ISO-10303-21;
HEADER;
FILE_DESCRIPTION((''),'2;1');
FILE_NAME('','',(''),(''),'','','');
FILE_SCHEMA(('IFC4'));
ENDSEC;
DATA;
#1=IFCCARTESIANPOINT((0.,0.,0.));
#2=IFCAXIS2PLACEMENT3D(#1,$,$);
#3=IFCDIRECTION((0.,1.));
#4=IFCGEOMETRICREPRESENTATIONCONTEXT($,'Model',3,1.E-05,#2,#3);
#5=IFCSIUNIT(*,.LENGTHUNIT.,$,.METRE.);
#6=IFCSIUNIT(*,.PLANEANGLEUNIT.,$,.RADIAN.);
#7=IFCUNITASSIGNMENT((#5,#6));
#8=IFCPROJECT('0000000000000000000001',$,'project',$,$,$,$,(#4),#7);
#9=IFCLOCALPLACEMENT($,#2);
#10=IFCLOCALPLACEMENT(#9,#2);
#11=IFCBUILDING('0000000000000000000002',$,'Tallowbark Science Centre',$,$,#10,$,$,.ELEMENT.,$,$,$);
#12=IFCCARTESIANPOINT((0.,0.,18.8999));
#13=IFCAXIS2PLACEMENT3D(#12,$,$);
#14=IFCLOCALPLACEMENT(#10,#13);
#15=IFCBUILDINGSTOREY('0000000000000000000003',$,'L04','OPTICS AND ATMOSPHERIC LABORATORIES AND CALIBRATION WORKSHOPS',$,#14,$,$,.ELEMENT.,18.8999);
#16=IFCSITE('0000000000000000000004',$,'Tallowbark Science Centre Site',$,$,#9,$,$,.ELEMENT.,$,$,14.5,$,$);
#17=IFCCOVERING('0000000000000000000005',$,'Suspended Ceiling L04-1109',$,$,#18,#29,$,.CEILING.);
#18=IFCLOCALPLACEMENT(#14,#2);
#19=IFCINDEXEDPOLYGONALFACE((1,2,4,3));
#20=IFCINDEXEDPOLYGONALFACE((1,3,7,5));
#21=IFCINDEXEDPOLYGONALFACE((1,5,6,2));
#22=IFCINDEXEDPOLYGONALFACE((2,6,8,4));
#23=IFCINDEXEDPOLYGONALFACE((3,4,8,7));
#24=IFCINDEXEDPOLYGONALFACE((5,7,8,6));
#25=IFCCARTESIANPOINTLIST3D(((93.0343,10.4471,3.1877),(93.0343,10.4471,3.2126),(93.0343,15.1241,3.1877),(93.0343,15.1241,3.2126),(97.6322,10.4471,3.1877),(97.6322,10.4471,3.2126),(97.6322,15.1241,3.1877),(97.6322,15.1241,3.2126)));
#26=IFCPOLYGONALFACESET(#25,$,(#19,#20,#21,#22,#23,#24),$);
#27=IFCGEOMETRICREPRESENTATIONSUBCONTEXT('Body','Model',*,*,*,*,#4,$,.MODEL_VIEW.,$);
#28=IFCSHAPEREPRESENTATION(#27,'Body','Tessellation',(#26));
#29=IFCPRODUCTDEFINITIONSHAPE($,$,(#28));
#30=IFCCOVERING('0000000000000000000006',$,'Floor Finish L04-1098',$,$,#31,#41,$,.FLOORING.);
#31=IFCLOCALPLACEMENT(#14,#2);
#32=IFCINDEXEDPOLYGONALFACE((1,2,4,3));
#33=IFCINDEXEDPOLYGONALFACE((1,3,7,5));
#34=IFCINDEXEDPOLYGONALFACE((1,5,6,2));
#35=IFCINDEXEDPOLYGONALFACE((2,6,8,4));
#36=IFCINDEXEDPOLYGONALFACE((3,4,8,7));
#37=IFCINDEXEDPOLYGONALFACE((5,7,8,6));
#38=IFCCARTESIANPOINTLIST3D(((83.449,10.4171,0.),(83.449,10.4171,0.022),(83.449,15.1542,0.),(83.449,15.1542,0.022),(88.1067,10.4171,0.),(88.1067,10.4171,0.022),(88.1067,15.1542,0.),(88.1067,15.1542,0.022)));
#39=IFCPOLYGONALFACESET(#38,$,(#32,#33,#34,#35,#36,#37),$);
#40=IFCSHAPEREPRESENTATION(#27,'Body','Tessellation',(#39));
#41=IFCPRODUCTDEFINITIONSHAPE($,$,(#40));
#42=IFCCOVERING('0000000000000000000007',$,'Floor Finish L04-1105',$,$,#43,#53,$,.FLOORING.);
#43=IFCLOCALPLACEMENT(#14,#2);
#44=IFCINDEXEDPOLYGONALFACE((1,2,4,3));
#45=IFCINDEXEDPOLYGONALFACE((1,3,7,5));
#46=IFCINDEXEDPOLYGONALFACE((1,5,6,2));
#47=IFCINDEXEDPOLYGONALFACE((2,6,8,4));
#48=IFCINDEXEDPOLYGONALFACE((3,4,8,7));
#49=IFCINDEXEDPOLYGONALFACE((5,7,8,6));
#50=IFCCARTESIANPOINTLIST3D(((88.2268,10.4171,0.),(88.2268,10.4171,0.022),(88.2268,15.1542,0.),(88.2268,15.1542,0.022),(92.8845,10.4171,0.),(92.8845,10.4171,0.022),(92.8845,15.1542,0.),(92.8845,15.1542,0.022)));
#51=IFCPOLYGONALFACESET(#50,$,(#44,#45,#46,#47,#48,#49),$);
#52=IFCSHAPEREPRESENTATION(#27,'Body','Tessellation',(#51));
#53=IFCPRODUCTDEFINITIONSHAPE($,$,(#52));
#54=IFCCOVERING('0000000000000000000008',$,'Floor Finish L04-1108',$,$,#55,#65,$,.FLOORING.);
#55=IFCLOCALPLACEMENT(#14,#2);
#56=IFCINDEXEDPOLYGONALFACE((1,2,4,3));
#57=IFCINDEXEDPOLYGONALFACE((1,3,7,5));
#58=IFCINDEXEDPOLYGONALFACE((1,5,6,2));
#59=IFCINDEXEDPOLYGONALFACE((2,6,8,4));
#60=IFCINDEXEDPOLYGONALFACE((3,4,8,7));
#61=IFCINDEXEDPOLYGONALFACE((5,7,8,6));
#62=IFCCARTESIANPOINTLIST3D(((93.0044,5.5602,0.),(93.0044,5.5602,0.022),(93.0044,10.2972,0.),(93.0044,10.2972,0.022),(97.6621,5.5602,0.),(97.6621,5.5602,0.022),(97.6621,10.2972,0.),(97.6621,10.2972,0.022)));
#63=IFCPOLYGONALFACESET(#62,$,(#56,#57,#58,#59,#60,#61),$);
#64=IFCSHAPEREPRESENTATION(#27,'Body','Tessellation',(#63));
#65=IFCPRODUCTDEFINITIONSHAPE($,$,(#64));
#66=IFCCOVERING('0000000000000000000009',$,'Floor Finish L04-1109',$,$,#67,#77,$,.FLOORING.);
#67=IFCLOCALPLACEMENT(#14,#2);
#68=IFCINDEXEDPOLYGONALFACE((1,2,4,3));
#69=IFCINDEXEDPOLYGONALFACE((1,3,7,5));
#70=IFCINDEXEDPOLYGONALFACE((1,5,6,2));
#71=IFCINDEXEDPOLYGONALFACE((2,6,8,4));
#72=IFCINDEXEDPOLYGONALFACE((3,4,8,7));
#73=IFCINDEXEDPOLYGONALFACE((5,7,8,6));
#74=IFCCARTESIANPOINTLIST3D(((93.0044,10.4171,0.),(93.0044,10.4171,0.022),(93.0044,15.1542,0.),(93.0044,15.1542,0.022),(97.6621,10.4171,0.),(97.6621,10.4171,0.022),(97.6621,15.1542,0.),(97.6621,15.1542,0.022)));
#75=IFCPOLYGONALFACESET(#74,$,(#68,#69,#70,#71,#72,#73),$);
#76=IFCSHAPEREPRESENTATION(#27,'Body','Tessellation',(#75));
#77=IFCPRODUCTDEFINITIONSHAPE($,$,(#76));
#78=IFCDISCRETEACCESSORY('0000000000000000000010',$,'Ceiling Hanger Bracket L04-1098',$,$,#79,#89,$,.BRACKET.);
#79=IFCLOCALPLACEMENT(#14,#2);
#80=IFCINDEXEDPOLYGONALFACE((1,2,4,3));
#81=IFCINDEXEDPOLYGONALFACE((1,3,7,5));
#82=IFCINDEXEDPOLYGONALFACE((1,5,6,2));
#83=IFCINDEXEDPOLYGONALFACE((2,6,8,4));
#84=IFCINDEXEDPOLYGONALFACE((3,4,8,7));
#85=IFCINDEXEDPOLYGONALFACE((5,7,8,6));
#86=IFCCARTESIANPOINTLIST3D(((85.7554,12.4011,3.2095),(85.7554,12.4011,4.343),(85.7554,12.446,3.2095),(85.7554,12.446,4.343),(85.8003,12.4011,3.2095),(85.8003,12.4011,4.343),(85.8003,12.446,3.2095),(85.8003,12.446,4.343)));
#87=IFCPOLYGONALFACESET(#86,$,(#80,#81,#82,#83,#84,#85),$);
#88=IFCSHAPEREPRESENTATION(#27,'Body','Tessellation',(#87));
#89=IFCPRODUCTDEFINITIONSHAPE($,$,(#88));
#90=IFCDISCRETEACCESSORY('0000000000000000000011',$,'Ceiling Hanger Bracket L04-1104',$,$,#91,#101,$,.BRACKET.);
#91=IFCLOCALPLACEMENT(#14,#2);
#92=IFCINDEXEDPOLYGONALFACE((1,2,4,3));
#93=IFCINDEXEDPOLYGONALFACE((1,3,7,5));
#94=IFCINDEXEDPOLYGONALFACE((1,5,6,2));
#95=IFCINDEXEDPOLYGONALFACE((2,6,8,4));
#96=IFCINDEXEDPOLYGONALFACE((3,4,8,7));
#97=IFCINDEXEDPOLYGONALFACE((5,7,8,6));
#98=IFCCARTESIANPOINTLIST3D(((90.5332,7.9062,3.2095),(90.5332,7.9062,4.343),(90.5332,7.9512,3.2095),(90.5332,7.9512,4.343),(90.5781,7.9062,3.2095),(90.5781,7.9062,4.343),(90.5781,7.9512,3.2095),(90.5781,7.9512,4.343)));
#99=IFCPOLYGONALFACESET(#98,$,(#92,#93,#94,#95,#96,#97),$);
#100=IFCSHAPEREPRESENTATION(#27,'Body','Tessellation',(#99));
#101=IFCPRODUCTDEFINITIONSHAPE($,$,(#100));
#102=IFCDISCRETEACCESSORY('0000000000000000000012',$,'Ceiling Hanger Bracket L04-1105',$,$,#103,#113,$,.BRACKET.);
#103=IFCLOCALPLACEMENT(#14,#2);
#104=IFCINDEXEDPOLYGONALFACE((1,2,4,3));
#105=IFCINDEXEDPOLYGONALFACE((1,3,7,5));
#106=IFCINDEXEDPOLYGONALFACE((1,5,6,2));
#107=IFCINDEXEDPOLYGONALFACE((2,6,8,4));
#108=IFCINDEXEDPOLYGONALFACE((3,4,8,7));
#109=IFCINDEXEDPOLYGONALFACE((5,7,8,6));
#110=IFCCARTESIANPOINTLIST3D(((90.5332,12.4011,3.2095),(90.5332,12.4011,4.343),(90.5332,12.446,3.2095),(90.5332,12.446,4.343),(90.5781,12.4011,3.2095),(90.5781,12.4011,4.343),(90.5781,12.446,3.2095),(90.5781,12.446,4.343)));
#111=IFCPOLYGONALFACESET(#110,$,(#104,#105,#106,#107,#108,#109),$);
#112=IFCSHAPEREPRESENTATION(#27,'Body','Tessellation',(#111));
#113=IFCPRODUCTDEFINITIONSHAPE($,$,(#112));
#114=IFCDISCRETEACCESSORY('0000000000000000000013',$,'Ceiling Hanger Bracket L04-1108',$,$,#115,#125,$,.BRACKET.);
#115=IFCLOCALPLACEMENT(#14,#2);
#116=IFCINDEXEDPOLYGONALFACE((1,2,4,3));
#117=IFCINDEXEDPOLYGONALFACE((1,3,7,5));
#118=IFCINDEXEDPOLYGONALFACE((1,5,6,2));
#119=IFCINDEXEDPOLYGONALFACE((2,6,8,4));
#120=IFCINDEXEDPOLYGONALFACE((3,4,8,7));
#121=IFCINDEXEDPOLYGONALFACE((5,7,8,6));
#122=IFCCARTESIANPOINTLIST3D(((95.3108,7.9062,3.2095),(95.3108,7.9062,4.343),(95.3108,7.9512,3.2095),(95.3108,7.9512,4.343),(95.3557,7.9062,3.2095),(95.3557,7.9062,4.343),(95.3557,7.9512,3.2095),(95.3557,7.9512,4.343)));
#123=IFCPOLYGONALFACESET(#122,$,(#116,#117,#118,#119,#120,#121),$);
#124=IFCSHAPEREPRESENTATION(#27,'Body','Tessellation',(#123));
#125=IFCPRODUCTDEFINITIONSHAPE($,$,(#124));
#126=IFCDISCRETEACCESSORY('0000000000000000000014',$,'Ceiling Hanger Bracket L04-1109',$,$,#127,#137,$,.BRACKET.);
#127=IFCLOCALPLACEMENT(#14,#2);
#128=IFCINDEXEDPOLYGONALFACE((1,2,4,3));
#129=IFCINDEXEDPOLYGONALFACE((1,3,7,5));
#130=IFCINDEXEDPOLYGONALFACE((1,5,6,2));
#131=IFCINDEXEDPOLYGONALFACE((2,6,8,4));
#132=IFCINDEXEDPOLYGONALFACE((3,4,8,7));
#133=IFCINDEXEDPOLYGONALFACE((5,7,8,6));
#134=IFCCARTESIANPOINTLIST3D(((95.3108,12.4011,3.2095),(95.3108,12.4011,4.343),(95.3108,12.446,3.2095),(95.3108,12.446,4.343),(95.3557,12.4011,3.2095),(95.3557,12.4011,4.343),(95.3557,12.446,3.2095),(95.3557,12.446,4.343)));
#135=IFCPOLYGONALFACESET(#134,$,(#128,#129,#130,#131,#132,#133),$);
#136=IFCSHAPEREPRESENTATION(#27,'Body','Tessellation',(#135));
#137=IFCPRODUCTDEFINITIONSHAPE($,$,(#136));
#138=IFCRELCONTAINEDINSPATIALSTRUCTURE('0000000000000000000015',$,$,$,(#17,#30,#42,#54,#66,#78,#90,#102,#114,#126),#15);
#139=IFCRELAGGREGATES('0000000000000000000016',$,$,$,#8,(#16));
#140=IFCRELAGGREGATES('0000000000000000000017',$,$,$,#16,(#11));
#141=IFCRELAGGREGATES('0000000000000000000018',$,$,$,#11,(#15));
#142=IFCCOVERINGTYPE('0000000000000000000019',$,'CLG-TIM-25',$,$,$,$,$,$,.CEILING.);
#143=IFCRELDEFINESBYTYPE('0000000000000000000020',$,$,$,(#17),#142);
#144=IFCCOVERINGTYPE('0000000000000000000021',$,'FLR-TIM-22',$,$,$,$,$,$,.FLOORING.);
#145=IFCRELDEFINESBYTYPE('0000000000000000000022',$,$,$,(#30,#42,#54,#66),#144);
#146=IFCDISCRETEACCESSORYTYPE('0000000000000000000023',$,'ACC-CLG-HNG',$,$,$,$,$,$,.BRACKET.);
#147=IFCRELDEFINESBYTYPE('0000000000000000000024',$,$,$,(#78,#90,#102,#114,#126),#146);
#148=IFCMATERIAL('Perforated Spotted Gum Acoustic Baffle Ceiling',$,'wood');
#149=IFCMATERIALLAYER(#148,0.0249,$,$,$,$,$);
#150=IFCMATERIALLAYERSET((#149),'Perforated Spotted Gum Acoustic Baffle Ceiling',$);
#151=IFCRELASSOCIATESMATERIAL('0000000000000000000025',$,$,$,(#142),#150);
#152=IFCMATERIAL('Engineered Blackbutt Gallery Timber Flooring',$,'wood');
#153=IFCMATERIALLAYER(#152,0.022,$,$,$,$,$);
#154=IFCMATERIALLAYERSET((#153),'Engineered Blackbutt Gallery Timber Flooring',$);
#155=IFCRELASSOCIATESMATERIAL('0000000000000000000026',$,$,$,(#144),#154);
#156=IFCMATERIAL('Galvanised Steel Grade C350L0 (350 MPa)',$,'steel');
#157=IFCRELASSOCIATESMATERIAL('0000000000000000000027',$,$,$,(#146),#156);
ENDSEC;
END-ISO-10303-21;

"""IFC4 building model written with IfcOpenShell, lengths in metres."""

from ifc_helpers import new_model, si_unit, direction, frame, origin, origin_2d, place, context, subcontext, project, spatial, rectangle, extrude, material, layer, layer_set, type_object, element, save


model = new_model("IFC4")

# Units and contexts
model_context = context("Model", 3, precision=1e-05, world=origin(), true_north=direction((0.0, 1.0)))
body_context = subcontext(model_context, "Body", "Model", "MODEL_VIEW")
ifc_project = project(units=[si_unit("LENGTHUNIT", "METRE"), si_unit("PLANEANGLEUNIT", "RADIAN")], contexts=[model_context])

# Site, building, storey
site_placement = place(None, origin())
site = spatial("IfcSite", under=ifc_project, at=site_placement, Name="Tallowbark Science Centre Site", CompositionType="ELEMENT", RefElevation=14.5)
building_placement = place(site_placement, origin())
building = spatial("IfcBuilding", under=site, at=building_placement, Name="Tallowbark Science Centre", CompositionType="ELEMENT")
storey_placement = place(building_placement, frame((0.0, 0.0, 18.8999)))
storey = spatial("IfcBuildingStorey", under=building, at=storey_placement, Name="L04", Description="OPTICS AND ATMOSPHERIC LABORATORIES AND CALIBRATION WORKSHOPS", CompositionType="ELEMENT", Elevation=18.8999)

# Coverings
ifc_material_1 = material(Name="Perforated Spotted Gum Acoustic Baffle Ceiling", Category="wood")
ifc_layer_1 = layer(ifc_material_1, 0.0249)
ifc_layer_set_1 = layer_set([ifc_layer_1], Name="Perforated Spotted Gum Acoustic Baffle Ceiling")
covering_type_1 = type_object("IfcCoveringType", Name="CLG-TIM-25", PredefinedType="CEILING", material=ifc_layer_set_1)
for number, where, z_axis, x_axis, name in (
    (1, (95.3333, 12.7856, 3.1877), (0.0, 0.0, 1.0), (1.0, 0.0, 0.0), "Suspended Ceiling L04-1109"),
):
    element("IfcCovering", number, at=place(storey_placement, frame(where, z_axis=z_axis, x_axis=x_axis)), inside=storey, type_object=covering_type_1, Name=name, PredefinedType="CEILING", context=body_context, shape_type="SweptSolid", body=[
        extrude(rectangle(XDim=4.5979, YDim=4.677, at=origin_2d()), origin(), (0.0, 0.0, 1.0), 0.0249),
    ])
ifc_material_2 = material(Name="Engineered Blackbutt Gallery Timber Flooring", Category="wood")
ifc_layer_2 = layer(ifc_material_2, 0.022)
ifc_layer_set_2 = layer_set([ifc_layer_2], Name="Engineered Blackbutt Gallery Timber Flooring")
covering_type_2 = type_object("IfcCoveringType", Name="FLR-TIM-22", PredefinedType="FLOORING", material=ifc_layer_set_2)
for number, where, z_axis, x_axis, name in (
    (2, (85.7778, 12.7856, 0.0), (0.0, 0.0, 1.0), (1.0, 0.0, 0.0), "Floor Finish L04-1098"),
    (3, (90.5557, 12.7856, 0.0), (0.0, 0.0, 1.0), (1.0, 0.0, 0.0), "Floor Finish L04-1105"),
    (4, (95.3333, 7.9287, 0.0), (0.0, 0.0, 1.0), (1.0, 0.0, 0.0), "Floor Finish L04-1108"),
    (5, (95.3333, 12.7856, 0.0), (0.0, 0.0, 1.0), (1.0, 0.0, 0.0), "Floor Finish L04-1109"),
):
    element("IfcCovering", number, at=place(storey_placement, frame(where, z_axis=z_axis, x_axis=x_axis)), inside=storey, type_object=covering_type_2, Name=name, PredefinedType="FLOORING", context=body_context, shape_type="SweptSolid", body=[
        extrude(rectangle(XDim=4.6577, YDim=4.7371, at=origin_2d()), origin(), (0.0, 0.0, 1.0), 0.022),
    ])

# Discrete accessories
ifc_material_3 = material(Name="Galvanised Steel Grade C350L0 (350 MPa)", Category="steel")
discrete_accessory_type = type_object("IfcDiscreteAccessoryType", Name="ACC-CLG-HNG", PredefinedType="BRACKET", material=ifc_material_3)
for number, where, z_axis, x_axis, name in (
    (6, (85.7778, 12.4236, 3.2095), (0.0, 0.0, 1.0), (1.0, 0.0, 0.0), "Ceiling Hanger Bracket L04-1098"),
    (7, (90.5557, 7.9287, 3.2095), (0.0, 0.0, 1.0), (1.0, 0.0, 0.0), "Ceiling Hanger Bracket L04-1104"),
    (8, (90.5557, 12.4236, 3.2095), (0.0, 0.0, 1.0), (1.0, 0.0, 0.0), "Ceiling Hanger Bracket L04-1105"),
    (9, (95.3333, 7.9287, 3.2095), (0.0, 0.0, 1.0), (1.0, 0.0, 0.0), "Ceiling Hanger Bracket L04-1108"),
    (10, (95.3333, 12.4236, 3.2095), (0.0, 0.0, 1.0), (1.0, 0.0, 0.0), "Ceiling Hanger Bracket L04-1109"),
):
    element("IfcDiscreteAccessory", number, at=place(storey_placement, frame(where, z_axis=z_axis, x_axis=x_axis)), inside=storey, type_object=discrete_accessory_type, Name=name, PredefinedType="BRACKET", context=body_context, shape_type="SweptSolid", body=[
        extrude(rectangle(XDim=0.0449, YDim=0.0449, at=origin_2d()), origin(), (0.0, 0.0, 1.0), 1.1335),
    ])

save(model, "model.ifc")
